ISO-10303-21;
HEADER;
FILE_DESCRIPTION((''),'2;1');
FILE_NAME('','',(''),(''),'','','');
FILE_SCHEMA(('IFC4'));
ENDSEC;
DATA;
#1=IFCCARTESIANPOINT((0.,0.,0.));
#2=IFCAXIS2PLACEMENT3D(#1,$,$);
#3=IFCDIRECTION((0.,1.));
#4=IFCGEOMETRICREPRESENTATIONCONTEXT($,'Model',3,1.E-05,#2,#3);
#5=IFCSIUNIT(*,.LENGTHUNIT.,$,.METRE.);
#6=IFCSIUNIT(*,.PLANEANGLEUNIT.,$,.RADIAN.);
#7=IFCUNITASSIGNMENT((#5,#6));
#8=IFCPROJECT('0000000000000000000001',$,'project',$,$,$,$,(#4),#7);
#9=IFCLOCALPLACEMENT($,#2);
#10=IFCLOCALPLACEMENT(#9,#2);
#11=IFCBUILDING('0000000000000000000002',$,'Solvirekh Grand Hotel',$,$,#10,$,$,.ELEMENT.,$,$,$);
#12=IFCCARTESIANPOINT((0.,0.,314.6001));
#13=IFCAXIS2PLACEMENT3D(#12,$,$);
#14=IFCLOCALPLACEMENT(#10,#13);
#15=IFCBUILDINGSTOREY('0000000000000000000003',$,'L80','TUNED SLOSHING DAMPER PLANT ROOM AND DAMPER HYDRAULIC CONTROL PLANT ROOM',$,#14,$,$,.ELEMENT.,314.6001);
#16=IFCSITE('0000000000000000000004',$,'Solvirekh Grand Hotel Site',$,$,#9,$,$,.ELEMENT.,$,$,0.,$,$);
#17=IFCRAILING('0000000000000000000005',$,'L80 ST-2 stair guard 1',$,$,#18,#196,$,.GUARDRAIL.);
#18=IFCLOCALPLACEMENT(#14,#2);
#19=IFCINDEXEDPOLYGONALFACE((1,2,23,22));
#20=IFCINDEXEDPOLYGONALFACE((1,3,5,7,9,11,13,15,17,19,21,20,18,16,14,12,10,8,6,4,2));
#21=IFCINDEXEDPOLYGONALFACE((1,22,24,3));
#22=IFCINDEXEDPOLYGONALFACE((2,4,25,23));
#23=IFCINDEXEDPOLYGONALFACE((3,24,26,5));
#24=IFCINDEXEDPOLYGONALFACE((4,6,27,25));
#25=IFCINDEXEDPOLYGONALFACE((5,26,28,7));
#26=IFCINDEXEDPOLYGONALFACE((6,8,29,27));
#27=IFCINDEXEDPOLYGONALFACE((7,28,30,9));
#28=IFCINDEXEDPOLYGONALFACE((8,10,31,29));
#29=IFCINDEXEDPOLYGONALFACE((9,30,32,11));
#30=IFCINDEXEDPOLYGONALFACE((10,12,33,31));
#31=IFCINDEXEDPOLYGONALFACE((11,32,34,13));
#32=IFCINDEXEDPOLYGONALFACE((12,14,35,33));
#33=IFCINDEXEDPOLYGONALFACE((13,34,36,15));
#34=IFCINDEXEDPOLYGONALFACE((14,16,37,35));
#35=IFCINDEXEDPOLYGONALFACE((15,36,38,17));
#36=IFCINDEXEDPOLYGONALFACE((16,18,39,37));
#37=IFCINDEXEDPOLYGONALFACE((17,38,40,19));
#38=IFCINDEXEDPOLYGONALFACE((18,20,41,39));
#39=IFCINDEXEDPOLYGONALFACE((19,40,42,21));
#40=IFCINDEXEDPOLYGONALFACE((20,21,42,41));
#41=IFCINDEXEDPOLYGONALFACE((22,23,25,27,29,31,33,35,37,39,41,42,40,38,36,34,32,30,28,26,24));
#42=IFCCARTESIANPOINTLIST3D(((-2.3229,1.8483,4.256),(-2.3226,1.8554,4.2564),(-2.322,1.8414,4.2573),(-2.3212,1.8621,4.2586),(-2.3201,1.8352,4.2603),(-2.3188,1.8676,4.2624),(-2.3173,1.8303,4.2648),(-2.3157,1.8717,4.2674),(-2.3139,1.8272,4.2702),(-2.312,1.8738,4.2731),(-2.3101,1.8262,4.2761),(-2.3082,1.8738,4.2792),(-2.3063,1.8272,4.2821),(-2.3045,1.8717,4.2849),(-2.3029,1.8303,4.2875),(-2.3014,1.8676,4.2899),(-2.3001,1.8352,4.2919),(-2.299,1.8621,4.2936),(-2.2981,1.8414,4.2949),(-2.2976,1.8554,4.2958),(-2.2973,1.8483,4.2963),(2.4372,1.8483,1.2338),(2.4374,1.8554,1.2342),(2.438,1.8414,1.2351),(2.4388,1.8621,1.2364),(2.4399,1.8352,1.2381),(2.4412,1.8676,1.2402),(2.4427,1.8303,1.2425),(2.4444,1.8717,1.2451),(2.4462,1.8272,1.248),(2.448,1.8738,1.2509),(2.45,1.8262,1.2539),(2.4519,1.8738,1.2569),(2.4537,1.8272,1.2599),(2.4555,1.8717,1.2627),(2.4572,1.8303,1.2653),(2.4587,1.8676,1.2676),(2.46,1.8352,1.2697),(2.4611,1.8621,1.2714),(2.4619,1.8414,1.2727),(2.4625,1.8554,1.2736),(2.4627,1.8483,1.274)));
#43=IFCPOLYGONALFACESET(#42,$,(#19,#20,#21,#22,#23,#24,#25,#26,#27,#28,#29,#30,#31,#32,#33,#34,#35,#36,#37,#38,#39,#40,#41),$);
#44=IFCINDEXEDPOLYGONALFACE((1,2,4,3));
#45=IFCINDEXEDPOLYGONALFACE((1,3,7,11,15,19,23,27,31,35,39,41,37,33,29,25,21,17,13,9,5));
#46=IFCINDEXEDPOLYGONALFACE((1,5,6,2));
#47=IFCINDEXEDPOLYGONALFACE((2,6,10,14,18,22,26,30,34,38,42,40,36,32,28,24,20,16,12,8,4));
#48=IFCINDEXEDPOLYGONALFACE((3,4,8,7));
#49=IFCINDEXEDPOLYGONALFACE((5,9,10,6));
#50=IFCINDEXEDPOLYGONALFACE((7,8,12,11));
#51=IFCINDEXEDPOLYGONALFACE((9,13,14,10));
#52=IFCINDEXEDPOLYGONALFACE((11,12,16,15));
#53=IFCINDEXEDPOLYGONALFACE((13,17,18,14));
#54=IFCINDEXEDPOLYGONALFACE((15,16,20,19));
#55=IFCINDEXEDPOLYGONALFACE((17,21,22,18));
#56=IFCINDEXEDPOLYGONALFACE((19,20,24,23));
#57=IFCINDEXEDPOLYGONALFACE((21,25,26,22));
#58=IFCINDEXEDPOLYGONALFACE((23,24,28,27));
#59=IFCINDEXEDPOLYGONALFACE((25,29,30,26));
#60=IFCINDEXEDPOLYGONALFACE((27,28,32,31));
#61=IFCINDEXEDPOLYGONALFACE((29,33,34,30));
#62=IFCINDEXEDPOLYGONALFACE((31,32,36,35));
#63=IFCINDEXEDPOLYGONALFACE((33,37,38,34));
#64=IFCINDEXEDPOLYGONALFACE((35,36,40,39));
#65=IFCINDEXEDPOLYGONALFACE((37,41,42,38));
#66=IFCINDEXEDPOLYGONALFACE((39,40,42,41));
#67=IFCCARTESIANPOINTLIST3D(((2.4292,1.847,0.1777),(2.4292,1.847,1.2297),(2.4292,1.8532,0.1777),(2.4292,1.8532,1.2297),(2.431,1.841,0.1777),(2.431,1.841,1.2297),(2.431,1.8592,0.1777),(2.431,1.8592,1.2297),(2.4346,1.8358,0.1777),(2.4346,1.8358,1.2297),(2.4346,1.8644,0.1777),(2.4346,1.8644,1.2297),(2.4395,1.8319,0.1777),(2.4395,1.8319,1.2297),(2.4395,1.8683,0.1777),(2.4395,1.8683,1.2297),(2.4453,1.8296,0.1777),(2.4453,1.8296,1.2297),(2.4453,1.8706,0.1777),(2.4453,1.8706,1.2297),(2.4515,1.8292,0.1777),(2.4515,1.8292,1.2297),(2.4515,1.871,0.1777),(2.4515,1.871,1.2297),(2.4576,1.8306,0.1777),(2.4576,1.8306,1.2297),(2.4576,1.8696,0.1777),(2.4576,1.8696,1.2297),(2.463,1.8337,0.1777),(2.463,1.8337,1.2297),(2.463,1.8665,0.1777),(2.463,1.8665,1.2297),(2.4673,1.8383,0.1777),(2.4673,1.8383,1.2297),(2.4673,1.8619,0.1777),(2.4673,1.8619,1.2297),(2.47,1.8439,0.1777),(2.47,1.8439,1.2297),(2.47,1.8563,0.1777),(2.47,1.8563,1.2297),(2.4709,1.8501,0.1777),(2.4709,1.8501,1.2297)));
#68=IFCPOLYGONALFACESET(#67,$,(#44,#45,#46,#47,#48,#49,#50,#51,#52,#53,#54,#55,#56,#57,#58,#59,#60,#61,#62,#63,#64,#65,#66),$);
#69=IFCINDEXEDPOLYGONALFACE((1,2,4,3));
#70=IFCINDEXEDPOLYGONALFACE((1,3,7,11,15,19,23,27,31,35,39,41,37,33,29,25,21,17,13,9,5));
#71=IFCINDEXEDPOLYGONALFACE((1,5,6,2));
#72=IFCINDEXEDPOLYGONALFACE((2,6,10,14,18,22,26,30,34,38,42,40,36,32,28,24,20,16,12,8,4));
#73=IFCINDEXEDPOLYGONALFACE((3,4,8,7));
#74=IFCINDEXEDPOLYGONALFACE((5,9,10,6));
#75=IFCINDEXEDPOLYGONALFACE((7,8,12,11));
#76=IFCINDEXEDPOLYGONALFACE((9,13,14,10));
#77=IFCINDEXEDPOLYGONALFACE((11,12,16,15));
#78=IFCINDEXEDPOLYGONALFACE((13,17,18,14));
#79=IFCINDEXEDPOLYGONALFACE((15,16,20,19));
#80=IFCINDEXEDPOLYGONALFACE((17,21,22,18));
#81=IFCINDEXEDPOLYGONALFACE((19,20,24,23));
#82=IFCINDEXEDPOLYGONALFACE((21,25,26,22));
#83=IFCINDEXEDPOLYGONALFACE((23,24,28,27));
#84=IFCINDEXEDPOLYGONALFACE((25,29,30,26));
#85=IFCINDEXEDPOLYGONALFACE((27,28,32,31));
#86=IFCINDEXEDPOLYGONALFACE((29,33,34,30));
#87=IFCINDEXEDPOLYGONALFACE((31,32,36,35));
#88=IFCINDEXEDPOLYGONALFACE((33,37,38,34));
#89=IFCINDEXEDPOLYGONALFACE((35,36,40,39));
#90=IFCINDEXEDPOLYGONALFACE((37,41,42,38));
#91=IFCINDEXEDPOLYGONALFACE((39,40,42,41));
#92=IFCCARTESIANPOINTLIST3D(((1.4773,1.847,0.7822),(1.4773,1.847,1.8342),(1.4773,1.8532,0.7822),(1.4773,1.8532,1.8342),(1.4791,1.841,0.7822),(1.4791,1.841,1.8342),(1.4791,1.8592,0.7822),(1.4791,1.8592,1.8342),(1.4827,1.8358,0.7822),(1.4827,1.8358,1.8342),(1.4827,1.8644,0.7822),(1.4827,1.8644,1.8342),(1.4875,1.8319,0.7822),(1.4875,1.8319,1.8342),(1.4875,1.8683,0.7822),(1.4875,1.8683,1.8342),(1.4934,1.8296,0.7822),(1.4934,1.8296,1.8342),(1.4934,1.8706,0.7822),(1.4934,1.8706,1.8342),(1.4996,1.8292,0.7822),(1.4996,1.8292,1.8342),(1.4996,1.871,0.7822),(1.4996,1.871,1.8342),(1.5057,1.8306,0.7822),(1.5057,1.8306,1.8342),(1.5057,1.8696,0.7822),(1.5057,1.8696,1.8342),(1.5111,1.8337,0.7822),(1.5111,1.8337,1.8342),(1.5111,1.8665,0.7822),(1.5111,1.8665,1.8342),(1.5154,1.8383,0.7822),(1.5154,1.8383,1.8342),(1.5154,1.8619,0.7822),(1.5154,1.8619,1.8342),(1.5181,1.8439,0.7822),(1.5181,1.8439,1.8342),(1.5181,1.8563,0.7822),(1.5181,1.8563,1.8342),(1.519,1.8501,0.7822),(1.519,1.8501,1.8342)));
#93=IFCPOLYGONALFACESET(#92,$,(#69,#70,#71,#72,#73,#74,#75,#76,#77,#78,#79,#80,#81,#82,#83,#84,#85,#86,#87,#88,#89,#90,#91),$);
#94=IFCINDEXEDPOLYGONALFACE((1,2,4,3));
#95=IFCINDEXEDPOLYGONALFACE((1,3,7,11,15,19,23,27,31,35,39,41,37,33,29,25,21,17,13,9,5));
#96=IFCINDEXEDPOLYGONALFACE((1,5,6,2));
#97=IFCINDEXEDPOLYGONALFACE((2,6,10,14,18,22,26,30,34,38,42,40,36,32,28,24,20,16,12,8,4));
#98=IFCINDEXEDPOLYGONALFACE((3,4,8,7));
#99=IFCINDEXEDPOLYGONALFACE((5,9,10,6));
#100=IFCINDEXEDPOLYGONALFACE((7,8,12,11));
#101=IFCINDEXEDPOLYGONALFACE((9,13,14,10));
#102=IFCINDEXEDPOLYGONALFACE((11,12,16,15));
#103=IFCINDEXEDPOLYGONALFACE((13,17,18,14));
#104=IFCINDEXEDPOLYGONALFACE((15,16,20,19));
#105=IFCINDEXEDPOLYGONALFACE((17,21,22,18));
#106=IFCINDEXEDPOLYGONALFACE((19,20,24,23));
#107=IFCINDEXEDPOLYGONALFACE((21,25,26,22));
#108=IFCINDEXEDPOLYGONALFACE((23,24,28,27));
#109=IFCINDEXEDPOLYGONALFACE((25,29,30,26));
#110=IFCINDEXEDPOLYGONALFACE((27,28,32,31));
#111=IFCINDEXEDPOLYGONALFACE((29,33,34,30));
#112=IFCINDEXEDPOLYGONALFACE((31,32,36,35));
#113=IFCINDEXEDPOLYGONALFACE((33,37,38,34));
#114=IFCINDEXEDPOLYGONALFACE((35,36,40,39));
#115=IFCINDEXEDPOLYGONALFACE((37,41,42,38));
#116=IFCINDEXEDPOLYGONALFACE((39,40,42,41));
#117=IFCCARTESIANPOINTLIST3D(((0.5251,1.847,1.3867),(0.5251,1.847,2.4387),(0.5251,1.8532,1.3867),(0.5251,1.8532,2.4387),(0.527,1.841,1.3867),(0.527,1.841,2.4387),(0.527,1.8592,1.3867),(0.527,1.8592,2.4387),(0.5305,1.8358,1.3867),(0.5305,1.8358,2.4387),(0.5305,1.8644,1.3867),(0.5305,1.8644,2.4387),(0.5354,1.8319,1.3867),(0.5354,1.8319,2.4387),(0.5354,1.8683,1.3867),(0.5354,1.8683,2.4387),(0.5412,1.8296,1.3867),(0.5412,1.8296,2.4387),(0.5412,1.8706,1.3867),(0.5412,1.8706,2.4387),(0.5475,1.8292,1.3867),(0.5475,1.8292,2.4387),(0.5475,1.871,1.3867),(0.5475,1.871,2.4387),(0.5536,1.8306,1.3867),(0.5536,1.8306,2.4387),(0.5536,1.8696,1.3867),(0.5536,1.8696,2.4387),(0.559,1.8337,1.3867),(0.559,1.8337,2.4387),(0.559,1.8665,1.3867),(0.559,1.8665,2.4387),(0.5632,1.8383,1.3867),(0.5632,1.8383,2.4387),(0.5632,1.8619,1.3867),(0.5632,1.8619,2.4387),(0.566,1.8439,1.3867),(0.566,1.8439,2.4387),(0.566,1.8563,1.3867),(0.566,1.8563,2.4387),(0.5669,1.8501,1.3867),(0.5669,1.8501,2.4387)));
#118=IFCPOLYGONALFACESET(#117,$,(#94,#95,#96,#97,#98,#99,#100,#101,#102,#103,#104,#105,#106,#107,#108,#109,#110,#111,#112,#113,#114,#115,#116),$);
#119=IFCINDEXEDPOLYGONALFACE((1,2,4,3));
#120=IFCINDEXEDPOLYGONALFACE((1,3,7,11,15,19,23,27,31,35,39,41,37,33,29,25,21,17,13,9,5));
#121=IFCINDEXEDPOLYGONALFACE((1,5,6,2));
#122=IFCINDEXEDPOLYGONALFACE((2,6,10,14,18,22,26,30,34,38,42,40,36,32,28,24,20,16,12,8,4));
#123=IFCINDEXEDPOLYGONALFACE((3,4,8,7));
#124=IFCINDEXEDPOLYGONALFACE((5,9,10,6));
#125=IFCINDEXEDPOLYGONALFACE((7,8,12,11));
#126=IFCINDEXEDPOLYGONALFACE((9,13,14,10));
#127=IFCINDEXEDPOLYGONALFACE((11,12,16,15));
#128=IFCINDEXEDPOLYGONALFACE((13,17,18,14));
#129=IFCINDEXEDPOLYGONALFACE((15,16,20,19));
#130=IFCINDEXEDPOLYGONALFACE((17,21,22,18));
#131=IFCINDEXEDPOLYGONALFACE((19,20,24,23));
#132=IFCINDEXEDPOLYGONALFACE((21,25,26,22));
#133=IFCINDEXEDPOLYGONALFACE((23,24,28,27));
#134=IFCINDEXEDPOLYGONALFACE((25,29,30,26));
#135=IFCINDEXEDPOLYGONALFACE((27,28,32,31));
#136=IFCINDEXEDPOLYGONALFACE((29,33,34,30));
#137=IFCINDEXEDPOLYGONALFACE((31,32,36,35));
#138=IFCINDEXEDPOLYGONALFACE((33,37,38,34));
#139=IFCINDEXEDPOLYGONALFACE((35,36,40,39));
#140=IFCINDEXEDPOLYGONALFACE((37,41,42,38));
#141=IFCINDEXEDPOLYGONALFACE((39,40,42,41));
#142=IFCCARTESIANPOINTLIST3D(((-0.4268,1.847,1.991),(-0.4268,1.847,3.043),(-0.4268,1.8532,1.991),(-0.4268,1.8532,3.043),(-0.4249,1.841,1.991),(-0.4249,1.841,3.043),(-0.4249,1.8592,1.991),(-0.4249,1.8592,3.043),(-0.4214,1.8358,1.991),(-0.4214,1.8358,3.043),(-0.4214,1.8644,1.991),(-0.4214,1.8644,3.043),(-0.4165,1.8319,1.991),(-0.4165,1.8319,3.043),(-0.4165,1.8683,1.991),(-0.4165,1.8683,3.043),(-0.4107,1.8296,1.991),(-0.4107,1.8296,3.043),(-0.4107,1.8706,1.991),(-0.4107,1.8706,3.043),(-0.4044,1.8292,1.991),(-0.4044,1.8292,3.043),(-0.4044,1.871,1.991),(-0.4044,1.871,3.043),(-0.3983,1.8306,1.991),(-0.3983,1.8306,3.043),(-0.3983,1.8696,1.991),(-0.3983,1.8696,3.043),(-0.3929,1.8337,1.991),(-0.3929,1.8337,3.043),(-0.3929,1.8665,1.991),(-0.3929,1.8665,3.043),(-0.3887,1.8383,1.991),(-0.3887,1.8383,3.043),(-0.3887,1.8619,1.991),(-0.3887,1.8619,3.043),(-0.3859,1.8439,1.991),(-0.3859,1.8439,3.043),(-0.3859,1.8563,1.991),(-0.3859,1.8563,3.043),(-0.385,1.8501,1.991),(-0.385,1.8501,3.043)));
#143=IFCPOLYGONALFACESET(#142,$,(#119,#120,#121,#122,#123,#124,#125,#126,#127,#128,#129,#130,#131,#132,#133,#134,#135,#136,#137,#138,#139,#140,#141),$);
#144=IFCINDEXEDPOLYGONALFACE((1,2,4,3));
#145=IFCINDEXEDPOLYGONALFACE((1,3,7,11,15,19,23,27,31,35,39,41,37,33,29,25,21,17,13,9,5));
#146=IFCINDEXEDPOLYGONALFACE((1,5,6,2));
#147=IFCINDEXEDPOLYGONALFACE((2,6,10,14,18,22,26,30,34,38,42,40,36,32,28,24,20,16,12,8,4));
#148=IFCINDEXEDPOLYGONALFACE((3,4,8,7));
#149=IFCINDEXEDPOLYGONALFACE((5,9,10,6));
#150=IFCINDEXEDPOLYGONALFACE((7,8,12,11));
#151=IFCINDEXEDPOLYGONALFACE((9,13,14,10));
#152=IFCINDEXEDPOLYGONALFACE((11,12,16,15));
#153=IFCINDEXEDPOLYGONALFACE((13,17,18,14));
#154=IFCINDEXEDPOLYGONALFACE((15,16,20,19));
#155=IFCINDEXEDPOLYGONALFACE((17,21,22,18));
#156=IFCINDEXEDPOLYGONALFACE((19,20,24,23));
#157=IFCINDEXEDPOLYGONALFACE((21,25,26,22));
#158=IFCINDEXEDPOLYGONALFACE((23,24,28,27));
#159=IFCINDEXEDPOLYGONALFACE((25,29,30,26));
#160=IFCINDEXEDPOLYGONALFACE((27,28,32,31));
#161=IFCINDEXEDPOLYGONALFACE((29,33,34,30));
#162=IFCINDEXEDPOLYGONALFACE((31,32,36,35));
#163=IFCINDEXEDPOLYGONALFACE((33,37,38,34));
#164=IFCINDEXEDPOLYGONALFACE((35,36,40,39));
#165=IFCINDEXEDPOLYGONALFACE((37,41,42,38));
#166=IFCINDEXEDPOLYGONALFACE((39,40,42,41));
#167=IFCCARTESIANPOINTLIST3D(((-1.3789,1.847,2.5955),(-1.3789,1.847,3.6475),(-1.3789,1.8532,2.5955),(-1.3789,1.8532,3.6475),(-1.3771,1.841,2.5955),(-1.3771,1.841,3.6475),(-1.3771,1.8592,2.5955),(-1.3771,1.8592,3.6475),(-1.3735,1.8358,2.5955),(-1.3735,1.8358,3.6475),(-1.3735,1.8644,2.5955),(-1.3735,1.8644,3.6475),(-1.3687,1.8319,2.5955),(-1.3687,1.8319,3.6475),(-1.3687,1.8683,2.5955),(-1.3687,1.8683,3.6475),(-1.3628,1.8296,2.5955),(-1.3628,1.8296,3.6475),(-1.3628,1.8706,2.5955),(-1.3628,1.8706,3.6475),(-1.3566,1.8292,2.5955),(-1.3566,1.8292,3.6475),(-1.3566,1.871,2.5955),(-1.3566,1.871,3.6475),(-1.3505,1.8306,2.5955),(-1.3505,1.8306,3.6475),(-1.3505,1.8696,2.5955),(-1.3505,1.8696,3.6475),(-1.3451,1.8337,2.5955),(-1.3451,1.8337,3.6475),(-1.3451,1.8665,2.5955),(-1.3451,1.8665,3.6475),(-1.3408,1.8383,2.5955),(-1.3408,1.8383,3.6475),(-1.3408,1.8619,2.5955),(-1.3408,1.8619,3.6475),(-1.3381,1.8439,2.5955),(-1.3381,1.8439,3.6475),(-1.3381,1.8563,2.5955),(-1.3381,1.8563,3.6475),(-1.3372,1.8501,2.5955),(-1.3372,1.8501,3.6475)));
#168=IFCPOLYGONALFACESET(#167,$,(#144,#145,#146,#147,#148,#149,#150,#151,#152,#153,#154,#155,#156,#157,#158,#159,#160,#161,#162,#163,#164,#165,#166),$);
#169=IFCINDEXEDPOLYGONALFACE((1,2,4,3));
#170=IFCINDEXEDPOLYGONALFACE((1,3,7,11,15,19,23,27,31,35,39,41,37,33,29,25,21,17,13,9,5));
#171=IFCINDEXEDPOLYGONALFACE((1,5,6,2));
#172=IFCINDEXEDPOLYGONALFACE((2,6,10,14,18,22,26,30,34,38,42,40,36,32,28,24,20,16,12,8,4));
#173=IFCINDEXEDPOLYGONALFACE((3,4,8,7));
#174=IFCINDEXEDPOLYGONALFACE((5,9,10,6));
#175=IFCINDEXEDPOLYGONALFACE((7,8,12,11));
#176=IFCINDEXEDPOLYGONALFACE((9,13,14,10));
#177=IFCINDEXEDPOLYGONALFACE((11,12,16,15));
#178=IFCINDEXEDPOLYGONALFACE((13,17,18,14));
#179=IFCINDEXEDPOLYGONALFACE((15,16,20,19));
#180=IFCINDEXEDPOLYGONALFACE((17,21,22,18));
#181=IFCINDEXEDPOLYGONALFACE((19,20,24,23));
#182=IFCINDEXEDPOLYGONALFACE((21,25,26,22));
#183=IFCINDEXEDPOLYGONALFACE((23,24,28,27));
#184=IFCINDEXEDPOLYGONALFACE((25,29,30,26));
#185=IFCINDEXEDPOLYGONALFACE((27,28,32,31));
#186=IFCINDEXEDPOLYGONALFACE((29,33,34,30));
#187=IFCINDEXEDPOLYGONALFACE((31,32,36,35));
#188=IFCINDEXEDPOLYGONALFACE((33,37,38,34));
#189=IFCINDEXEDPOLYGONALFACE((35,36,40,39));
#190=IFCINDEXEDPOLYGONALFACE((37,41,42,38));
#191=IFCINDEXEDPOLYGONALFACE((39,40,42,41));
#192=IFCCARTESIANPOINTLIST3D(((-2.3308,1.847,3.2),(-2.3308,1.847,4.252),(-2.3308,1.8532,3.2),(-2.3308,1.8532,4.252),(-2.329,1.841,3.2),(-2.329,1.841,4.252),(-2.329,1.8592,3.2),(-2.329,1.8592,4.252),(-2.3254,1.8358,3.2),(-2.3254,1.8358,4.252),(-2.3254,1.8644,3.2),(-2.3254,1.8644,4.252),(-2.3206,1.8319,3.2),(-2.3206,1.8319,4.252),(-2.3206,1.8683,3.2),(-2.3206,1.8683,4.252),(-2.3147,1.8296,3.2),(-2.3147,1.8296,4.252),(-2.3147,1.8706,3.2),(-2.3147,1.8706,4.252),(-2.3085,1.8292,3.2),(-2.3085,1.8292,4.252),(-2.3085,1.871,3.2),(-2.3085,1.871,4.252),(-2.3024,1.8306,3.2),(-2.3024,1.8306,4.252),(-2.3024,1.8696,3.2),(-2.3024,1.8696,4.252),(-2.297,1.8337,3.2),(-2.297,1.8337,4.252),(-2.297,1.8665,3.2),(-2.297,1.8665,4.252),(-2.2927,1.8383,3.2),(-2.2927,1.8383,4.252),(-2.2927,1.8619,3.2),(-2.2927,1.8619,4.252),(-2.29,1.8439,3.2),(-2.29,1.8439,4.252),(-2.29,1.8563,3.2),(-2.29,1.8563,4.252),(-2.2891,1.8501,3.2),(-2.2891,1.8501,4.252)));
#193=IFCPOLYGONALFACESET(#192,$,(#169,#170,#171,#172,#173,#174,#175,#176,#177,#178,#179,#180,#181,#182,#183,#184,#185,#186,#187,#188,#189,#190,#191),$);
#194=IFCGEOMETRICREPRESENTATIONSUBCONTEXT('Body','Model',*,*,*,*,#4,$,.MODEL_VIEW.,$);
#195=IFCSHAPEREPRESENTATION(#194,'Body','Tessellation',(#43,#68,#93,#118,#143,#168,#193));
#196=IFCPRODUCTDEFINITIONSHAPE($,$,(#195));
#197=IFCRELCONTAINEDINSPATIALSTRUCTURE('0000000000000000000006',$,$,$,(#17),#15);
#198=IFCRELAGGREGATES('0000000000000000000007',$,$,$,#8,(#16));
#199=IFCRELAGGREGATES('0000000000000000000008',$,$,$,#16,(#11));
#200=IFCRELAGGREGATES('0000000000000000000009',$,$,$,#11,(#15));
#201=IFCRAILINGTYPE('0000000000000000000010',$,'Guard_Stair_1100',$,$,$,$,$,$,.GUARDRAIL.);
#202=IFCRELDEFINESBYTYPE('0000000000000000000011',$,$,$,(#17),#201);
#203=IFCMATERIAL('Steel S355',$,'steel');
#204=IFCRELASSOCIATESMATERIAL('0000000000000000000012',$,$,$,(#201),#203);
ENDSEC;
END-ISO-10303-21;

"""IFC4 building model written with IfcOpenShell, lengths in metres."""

from ifc_helpers import new_model, si_unit, direction, frame, origin, origin_2d, place, context, subcontext, project, spatial, circle, extrude, material, type_object, element, save


model = new_model("IFC4")

# Units and contexts
model_context = context("Model", 3, precision=1e-05, world=origin(), true_north=direction((0.0, 1.0)))
body_context = subcontext(model_context, "Body", "Model", "MODEL_VIEW")
ifc_project = project(units=[si_unit("LENGTHUNIT", "METRE"), si_unit("PLANEANGLEUNIT", "RADIAN")], contexts=[model_context])

# Site, building, storey
site_placement = place(None, origin())
site = spatial("IfcSite", under=ifc_project, at=site_placement, Name="Solvirekh Grand Hotel Site", CompositionType="ELEMENT", RefElevation=0.0)
building_placement = place(site_placement, origin())
building = spatial("IfcBuilding", under=site, at=building_placement, Name="Solvirekh Grand Hotel", CompositionType="ELEMENT")
storey_placement = place(building_placement, frame((0.0, 0.0, 314.6001)))
storey = spatial("IfcBuildingStorey", under=building, at=storey_placement, Name="L80", Description="TUNED SLOSHING DAMPER PLANT ROOM AND DAMPER HYDRAULIC CONTROL PLANT ROOM", CompositionType="ELEMENT", Elevation=314.6001)

# Shared definitions
ifc_material_1 = material(Name="Steel S355", Category="steel")

# Railing
railing_type_1 = type_object("IfcRailingType", Name="Guard_Stair_1100", PredefinedType="GUARDRAIL", material=ifc_material_1)
railing_1_placement = place(storey_placement, frame((2.45, 1.8501, 0.1777)))
element("IfcRailing", 1, at=railing_1_placement, inside=storey, type_object=railing_type_1, Name="L80 ST-2 stair guard 1", PredefinedType="GUARDRAIL", context=body_context, shape_type="SweptSolid", body=[
    extrude(circle(Radius=0.0239, at=origin_2d()), frame((0.0, 0.0, 1.0762), z_axis=(-0.844214, 0.0, 0.536007), x_axis=(0.0, -1.0, 0.0)), (0.0, 0.0, 1.0), 5.6384),
    extrude(circle(Radius=0.021, at=origin_2d()), origin(), (0.0, 0.0, 1.0), 1.052),
    extrude(circle(Radius=0.021, at=origin_2d()), frame((-0.9519, 0.0, 0.6045)), (0.0, 0.0, 1.0), 1.052),
    extrude(circle(Radius=0.021, at=origin_2d()), frame((-1.9041, 0.0, 1.209)), (0.0, 0.0, 1.0), 1.052),
    extrude(circle(Radius=0.021, at=origin_2d()), frame((-2.856, 0.0, 1.8132)), (0.0, 0.0, 1.0), 1.052),
    extrude(circle(Radius=0.021, at=origin_2d()), frame((-3.8081, 0.0, 2.4177)), (0.0, 0.0, 1.0), 1.052),
    extrude(circle(Radius=0.021, at=origin_2d()), frame((-4.76, 0.0, 3.0222)), (0.0, 0.0, 1.0), 1.052),
])

save(model, "model.ifc")
